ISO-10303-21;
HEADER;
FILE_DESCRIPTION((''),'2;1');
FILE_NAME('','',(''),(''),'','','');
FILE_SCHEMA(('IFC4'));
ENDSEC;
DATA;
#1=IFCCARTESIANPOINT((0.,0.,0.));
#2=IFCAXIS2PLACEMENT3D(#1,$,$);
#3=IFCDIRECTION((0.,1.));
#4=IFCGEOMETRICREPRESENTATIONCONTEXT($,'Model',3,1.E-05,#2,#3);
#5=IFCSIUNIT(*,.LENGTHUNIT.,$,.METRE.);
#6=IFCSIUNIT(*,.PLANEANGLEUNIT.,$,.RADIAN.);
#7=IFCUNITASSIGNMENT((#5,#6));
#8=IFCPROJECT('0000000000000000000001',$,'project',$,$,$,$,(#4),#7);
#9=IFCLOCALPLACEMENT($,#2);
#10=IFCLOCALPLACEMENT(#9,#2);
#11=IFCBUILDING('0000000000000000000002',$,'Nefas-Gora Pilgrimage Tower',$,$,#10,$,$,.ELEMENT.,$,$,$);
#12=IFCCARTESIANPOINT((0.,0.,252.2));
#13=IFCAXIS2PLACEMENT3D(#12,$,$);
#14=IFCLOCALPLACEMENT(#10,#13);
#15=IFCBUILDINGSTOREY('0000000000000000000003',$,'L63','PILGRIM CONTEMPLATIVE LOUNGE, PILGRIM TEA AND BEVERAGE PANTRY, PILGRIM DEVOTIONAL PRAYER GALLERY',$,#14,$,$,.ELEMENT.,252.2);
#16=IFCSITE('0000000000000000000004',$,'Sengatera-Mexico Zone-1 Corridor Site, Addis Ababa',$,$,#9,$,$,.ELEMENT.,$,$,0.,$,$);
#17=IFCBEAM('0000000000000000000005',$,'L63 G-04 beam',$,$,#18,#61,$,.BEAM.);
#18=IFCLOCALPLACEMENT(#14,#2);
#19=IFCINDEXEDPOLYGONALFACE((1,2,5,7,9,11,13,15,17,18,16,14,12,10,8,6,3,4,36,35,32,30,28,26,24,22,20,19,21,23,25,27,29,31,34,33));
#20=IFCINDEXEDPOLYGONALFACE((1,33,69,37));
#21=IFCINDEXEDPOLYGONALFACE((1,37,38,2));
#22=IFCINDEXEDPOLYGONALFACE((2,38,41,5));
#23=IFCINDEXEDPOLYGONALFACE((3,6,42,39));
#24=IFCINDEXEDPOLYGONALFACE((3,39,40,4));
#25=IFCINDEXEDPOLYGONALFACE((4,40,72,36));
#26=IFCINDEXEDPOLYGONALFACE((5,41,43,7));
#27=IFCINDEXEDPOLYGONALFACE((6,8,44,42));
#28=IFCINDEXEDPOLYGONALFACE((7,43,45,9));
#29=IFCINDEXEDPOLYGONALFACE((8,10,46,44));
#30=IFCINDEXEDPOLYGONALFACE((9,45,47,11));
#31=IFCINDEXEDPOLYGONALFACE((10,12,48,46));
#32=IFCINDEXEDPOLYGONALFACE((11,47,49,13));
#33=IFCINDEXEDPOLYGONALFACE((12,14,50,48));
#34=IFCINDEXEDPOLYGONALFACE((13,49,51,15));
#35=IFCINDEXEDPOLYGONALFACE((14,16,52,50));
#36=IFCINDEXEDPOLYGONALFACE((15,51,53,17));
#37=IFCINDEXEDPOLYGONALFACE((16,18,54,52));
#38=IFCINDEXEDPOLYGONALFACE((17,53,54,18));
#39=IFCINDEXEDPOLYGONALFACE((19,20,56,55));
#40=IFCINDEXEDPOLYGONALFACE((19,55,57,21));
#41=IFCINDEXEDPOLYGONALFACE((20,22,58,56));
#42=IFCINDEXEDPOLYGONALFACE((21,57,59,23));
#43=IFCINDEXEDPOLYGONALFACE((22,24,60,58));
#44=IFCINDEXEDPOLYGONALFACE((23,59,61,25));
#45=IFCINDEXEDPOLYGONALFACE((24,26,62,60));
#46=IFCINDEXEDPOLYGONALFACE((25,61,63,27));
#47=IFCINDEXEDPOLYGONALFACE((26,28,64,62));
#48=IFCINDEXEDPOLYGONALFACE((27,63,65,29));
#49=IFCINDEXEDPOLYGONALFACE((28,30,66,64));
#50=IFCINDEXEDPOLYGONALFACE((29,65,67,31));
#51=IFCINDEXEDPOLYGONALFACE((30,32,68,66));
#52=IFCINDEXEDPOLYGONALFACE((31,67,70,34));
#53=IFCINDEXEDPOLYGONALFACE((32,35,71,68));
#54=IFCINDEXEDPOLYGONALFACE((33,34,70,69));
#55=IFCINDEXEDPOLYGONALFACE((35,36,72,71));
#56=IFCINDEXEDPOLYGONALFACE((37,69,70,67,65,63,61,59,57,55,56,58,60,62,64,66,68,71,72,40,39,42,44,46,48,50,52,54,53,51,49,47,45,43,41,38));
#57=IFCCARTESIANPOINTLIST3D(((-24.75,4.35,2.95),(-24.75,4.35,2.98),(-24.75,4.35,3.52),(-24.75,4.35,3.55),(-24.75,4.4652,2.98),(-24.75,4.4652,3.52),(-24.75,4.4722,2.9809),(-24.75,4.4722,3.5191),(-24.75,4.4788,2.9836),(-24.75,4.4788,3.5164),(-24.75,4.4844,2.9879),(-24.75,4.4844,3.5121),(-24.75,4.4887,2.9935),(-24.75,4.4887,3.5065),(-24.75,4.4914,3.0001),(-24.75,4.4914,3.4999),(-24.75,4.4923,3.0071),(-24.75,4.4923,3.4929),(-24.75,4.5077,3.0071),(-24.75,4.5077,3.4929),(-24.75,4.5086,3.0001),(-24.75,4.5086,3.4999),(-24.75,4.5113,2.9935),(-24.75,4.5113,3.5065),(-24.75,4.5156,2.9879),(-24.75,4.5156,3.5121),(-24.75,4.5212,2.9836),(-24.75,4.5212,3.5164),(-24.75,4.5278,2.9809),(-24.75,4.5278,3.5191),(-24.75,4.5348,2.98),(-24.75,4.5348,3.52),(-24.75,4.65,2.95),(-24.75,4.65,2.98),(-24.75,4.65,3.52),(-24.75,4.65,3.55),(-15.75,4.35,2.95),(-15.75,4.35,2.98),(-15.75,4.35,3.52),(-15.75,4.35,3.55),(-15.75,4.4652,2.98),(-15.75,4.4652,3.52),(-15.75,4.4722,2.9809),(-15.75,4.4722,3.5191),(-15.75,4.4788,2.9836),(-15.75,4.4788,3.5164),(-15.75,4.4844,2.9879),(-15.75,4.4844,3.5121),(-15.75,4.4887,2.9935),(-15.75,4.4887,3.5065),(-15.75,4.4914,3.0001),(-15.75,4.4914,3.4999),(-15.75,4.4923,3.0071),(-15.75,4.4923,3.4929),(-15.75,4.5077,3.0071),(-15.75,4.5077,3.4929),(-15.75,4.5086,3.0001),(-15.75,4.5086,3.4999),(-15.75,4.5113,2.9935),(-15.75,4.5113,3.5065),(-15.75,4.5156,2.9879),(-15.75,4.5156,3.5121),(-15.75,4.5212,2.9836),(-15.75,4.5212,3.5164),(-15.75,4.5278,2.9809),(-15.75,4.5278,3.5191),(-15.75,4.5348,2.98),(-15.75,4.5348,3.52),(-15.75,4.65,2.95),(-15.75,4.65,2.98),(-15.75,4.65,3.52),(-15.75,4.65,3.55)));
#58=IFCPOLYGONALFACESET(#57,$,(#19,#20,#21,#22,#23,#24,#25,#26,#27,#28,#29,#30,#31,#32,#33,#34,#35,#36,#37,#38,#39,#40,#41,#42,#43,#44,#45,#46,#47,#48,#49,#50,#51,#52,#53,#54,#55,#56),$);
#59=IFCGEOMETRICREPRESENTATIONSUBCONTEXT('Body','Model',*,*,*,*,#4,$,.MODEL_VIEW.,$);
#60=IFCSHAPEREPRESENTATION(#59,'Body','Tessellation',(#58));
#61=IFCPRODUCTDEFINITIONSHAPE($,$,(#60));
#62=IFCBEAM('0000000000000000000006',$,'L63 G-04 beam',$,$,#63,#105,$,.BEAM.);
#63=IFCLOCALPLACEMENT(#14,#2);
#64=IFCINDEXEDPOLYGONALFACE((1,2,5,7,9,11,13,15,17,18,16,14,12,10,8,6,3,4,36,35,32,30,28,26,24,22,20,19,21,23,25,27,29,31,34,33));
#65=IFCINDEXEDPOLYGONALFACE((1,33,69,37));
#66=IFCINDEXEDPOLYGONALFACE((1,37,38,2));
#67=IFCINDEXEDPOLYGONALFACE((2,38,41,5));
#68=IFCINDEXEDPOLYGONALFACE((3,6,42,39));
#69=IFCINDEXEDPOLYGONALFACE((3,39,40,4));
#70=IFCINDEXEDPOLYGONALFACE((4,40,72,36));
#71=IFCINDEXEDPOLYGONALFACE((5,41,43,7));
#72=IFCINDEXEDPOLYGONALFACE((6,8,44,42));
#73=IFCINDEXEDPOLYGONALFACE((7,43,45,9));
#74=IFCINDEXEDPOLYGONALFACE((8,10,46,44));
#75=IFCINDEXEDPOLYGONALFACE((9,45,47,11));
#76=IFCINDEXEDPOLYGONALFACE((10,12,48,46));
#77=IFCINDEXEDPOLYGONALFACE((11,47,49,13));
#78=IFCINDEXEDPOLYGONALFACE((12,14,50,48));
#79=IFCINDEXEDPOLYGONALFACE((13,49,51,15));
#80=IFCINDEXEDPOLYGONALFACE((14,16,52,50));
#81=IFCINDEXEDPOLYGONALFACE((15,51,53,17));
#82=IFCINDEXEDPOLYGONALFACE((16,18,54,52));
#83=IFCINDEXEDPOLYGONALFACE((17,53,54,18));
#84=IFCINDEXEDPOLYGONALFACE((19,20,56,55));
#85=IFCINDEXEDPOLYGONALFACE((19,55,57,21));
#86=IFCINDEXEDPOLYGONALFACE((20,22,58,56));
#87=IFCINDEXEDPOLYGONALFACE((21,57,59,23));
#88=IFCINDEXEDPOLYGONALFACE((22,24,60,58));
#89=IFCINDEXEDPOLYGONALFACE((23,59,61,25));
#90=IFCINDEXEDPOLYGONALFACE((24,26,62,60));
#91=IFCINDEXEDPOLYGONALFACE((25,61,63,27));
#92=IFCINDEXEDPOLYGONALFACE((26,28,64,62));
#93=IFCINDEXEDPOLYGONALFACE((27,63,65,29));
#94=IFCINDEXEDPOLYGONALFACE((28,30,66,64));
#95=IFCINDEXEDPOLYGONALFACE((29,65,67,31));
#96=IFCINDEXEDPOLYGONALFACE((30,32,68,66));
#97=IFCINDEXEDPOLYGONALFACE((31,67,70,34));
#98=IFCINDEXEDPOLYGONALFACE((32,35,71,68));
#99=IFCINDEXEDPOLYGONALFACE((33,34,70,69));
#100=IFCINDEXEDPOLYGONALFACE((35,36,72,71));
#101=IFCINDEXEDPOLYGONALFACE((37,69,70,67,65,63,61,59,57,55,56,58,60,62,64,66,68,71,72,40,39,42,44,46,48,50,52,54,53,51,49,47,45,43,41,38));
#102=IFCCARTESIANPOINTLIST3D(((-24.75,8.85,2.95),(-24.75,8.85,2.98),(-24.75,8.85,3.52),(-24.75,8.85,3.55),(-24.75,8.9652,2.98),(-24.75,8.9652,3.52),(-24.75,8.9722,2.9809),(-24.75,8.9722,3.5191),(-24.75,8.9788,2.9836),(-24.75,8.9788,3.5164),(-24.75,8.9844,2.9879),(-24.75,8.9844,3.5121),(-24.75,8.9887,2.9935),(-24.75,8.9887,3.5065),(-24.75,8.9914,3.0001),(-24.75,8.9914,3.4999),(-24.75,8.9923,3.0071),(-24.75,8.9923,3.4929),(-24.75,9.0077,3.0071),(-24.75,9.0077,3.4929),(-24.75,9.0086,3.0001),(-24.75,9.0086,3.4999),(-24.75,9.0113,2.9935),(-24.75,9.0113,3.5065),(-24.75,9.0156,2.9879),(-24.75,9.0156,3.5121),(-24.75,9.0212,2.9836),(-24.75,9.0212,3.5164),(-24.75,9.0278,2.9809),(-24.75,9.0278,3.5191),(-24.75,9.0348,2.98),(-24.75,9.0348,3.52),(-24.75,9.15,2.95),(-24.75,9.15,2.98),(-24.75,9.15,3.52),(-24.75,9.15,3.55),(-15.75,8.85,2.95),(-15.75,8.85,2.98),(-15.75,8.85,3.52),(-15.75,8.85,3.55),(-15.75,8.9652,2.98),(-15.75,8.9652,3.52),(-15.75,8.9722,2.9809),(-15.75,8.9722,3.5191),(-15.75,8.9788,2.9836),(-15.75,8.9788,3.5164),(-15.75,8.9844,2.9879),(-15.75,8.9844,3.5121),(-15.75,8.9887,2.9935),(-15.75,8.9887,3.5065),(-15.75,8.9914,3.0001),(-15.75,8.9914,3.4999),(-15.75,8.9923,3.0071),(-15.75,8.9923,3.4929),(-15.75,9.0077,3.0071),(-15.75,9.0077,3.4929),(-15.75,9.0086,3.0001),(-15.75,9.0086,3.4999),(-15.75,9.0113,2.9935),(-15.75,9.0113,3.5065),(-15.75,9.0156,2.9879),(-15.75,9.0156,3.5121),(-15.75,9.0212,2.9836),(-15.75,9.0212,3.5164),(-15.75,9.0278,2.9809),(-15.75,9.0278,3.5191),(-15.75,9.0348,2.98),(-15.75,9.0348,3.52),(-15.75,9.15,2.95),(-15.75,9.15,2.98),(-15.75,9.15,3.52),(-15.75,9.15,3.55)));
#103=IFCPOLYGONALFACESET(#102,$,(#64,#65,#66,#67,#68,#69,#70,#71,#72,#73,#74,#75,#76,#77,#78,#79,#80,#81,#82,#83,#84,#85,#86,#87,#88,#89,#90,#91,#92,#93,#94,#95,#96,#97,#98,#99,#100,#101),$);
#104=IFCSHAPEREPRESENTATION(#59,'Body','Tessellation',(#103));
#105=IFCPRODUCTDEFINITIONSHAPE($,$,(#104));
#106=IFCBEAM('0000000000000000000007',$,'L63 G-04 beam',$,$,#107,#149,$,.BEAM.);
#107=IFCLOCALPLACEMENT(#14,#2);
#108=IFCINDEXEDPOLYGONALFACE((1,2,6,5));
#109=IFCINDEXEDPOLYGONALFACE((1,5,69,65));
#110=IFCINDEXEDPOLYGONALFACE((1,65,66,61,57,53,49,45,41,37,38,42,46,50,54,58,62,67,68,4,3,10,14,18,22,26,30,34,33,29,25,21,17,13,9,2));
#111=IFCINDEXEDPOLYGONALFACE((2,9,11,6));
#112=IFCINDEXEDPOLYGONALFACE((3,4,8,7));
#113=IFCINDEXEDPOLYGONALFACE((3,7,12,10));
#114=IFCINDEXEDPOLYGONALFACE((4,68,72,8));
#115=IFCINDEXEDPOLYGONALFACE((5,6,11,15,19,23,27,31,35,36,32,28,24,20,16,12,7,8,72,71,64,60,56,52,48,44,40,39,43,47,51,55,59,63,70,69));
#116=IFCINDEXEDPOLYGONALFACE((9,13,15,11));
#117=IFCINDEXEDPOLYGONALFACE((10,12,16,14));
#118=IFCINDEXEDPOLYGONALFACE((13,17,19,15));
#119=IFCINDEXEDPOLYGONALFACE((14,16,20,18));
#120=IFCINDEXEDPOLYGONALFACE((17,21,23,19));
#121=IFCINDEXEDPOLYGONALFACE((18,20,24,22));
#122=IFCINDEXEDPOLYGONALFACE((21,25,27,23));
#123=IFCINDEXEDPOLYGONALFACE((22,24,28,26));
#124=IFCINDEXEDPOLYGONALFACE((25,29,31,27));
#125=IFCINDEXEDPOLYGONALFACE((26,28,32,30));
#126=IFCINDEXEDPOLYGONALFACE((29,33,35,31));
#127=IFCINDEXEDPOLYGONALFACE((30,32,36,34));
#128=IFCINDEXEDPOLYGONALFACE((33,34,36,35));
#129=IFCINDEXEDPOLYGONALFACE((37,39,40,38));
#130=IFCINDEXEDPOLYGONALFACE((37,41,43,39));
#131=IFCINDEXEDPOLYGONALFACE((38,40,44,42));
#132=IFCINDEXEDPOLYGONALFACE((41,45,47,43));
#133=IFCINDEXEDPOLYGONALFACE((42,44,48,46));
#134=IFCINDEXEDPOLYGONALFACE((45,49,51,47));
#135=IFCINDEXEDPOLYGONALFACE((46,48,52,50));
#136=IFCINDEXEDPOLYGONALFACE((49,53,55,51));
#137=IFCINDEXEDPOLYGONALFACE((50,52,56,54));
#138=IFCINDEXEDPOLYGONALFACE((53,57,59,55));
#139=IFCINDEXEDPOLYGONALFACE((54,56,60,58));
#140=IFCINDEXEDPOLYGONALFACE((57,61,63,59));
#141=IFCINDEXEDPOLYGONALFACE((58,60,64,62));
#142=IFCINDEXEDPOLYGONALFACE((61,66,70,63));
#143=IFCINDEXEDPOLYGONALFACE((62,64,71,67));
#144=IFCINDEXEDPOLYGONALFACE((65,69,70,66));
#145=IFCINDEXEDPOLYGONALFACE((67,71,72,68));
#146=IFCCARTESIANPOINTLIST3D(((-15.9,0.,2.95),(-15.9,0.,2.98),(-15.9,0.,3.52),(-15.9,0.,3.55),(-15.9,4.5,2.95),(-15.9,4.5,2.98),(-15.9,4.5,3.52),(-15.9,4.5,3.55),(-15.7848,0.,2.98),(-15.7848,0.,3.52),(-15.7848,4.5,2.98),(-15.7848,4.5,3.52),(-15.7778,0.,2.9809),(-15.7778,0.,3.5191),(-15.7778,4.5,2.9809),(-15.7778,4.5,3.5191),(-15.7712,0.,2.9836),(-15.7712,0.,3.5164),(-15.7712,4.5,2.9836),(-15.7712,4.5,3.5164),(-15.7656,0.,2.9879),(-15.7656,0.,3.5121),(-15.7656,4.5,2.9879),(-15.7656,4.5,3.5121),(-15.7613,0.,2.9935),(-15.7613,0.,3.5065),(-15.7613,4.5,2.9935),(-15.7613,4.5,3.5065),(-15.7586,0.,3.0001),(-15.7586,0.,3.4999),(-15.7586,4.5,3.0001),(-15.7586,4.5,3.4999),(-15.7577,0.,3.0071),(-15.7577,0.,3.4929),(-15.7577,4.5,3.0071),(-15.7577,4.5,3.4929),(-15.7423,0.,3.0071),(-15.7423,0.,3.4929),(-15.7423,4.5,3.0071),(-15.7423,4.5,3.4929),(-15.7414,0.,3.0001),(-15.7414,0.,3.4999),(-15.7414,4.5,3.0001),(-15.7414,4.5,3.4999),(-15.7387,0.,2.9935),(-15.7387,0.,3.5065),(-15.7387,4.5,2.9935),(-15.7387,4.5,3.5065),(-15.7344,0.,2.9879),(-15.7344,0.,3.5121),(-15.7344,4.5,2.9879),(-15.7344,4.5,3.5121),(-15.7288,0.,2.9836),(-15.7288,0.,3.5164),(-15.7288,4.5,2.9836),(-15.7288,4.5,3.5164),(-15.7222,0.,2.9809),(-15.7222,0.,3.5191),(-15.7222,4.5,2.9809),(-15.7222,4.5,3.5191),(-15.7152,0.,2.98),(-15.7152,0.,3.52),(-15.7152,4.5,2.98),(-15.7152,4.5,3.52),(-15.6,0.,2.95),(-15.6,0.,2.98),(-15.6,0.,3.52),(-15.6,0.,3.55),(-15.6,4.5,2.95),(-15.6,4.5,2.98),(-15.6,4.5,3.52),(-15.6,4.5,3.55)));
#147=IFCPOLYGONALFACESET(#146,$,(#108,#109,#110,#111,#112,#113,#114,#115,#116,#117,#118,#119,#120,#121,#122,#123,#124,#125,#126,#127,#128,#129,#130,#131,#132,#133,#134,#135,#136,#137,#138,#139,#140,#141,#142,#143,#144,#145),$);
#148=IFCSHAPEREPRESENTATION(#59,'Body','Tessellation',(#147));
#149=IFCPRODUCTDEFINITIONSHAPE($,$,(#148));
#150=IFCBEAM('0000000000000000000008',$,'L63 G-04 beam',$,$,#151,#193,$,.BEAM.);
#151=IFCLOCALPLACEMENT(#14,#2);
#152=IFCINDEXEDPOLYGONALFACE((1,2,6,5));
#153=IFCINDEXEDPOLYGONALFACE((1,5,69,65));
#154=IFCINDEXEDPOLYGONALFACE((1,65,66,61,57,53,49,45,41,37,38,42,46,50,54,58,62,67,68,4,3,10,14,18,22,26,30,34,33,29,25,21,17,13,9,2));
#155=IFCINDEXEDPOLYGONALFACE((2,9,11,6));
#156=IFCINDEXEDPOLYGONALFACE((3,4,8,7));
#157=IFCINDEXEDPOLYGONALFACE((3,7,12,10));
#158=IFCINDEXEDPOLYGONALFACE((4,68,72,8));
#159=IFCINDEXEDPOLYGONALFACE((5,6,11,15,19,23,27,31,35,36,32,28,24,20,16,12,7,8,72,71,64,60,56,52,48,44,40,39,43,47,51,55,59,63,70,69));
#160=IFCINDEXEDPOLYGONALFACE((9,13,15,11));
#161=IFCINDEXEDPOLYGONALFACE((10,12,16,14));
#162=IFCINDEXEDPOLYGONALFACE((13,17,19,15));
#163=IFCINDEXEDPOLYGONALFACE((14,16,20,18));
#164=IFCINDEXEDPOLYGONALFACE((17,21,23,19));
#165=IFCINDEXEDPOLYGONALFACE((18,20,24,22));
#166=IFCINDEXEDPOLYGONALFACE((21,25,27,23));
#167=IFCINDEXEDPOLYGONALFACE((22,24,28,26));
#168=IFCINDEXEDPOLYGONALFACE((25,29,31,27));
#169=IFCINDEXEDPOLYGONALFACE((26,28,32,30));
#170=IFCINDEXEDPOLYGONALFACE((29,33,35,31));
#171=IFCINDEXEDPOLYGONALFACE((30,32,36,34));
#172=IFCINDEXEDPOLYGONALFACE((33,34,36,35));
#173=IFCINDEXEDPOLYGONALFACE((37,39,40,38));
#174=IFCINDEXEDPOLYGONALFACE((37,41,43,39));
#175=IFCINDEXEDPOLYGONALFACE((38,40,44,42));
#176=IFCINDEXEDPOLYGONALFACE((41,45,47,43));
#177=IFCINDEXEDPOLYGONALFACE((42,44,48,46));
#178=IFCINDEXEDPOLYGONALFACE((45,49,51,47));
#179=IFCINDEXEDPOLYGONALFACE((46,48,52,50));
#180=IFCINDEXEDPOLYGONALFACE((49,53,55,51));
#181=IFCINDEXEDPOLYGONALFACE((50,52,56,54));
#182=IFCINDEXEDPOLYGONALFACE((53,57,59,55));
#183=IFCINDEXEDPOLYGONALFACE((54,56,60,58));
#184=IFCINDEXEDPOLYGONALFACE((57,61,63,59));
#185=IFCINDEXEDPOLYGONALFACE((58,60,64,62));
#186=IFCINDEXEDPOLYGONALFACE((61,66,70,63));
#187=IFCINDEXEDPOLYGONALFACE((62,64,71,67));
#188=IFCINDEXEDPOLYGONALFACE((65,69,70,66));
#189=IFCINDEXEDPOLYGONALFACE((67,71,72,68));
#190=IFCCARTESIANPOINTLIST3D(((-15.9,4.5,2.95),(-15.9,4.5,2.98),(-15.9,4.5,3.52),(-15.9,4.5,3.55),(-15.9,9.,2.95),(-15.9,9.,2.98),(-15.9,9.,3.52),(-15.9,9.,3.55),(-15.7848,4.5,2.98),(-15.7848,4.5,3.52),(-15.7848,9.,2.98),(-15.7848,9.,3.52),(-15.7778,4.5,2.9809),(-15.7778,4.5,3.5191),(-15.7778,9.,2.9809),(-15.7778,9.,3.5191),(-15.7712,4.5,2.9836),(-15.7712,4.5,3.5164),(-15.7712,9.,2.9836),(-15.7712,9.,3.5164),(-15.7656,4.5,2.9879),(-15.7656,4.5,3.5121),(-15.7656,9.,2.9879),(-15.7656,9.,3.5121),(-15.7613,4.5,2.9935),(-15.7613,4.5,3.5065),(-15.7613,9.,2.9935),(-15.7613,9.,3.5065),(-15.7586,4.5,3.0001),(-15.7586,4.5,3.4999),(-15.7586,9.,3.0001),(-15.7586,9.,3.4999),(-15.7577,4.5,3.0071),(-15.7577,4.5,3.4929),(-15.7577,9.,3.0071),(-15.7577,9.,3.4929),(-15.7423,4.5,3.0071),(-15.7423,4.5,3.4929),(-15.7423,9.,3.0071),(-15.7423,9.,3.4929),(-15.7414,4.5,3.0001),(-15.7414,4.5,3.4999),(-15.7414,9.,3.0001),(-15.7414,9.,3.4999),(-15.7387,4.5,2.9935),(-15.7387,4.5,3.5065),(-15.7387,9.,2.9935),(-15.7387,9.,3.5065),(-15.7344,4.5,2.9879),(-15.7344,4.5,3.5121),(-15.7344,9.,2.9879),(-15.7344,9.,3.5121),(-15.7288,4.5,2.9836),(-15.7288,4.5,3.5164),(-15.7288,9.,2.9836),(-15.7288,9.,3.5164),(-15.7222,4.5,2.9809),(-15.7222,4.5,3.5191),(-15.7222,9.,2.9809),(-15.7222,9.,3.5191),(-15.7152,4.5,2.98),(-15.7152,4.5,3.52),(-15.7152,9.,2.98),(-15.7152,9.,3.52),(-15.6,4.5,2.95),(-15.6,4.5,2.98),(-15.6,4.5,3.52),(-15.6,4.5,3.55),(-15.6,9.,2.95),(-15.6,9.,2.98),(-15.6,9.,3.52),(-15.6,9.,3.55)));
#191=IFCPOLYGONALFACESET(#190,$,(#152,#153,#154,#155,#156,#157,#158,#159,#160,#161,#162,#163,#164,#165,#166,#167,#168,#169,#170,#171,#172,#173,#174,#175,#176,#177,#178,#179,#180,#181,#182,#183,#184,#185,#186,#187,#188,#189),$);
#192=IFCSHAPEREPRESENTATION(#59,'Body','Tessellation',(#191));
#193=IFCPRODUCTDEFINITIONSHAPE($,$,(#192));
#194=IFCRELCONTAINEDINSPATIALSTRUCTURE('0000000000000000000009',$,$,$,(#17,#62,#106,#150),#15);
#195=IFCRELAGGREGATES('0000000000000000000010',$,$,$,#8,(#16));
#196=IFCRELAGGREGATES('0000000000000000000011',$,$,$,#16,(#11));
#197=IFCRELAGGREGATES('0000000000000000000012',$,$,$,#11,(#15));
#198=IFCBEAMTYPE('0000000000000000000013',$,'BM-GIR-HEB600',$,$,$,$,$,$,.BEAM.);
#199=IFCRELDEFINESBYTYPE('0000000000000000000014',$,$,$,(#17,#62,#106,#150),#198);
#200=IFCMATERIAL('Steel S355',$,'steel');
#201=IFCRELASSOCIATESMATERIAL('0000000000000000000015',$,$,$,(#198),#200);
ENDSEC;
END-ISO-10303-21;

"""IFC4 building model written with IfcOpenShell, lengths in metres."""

from ifc_helpers import new_model, si_unit, direction, frame, origin, origin_2d, place, context, subcontext, project, spatial, i_section, extrude, source, transform, mapped, material, material_profile, profile_set, type_object, element, save


model = new_model("IFC4")

# Units and contexts
model_context = context("Model", 3, precision=1e-05, world=origin(), true_north=direction((0.0, 1.0)))
body_context = subcontext(model_context, "Body", "Model", "MODEL_VIEW")
ifc_project = project(units=[si_unit("LENGTHUNIT", "METRE"), si_unit("PLANEANGLEUNIT", "RADIAN")], contexts=[model_context])

# Site, building, storey
site_placement = place(None, origin())
site = spatial("IfcSite", under=ifc_project, at=site_placement, Name="Sengatera-Mexico Zone-1 Corridor Site, Addis Ababa", CompositionType="ELEMENT", RefElevation=0.0)
building_placement = place(site_placement, origin())
building = spatial("IfcBuilding", under=site, at=building_placement, Name="Nefas-Gora Pilgrimage Tower", CompositionType="ELEMENT")
storey_placement = place(building_placement, frame((0.0, 0.0, 252.2)))
storey = spatial("IfcBuildingStorey", under=building, at=storey_placement, Name="L63", Description="PILGRIM CONTEMPLATIVE LOUNGE, PILGRIM TEA AND BEVERAGE PANTRY, PILGRIM DEVOTIONAL PRAYER GALLERY", CompositionType="ELEMENT", Elevation=252.2)

# Beams
ifc_material_1 = material(Name="Steel S355", Category="steel")
ifc_material_profile_1 = material_profile(ifc_material_1, i_section(OverallWidth=0.3, OverallDepth=0.6001, WebThickness=0.0154, FlangeThickness=0.03, FilletRadius=0.0271, at=origin_2d()), Name="HEB 600")
ifc_profile_set_1 = profile_set([ifc_material_profile_1], Name="Steel S355")
beam_type_1 = type_object("IfcBeamType", Name="BM-GIR-HEB600", PredefinedType="BEAM", material=ifc_profile_set_1)
shared_shape_1 = source(origin(), body_context, "Body", "SweptSolid", [
    extrude(i_section(OverallWidth=0.3, OverallDepth=0.6001, WebThickness=0.0154, FlangeThickness=0.03, FilletRadius=0.0271, at=origin_2d()), origin(), (0.0, 0.0, 1.0), 9.0),
])
for number, where, z_axis, x_axis, name in (
    (1, (-24.75, 4.5, 3.25), (1.0, 0.0, 0.0), (0.0, 1.0, 0.0), "L63 G-04 beam"),
    (2, (-24.75, 9.0, 3.25), (1.0, 0.0, 0.0), (0.0, 1.0, 0.0), "L63 G-04 beam"),
):
    element("IfcBeam", number, at=place(storey_placement, frame(where, z_axis=z_axis, x_axis=x_axis)), inside=storey, type_object=beam_type_1, Name=name, PredefinedType="BEAM", context=body_context, shape_type="MappedRepresentation", body=[
        mapped(shared_shape_1, transform((0.0, 0.0, 0.0), x_axis=(1.0, 0.0, 0.0), y_axis=(0.0, 1.0, 0.0), z_axis=(0.0, 0.0, 1.0), scale=1.0)),
    ])
shared_shape_2 = source(origin(), body_context, "Body", "SweptSolid", [
    extrude(i_section(OverallWidth=0.3, OverallDepth=0.6001, WebThickness=0.0154, FlangeThickness=0.03, FilletRadius=0.0271, at=origin_2d()), origin(), (0.0, 0.0, 1.0), 4.5),
])
for number, where, z_axis, x_axis, name in (
    (3, (-15.75, 0.0, 3.25), (0.0, 1.0, 0.0), (-1.0, 0.0, 0.0), "L63 G-04 beam"),
    (4, (-15.75, 4.5, 3.25), (0.0, 1.0, 0.0), (-1.0, 0.0, 0.0), "L63 G-04 beam"),
):
    element("IfcBeam", number, at=place(storey_placement, frame(where, z_axis=z_axis, x_axis=x_axis)), inside=storey, type_object=beam_type_1, Name=name, PredefinedType="BEAM", context=body_context, shape_type="MappedRepresentation", body=[
        mapped(shared_shape_2, transform((0.0, 0.0, 0.0), x_axis=(1.0, 0.0, 0.0), y_axis=(0.0, 1.0, 0.0), z_axis=(0.0, 0.0, 1.0), scale=1.0)),
    ])

save(model, "model.ifc")
